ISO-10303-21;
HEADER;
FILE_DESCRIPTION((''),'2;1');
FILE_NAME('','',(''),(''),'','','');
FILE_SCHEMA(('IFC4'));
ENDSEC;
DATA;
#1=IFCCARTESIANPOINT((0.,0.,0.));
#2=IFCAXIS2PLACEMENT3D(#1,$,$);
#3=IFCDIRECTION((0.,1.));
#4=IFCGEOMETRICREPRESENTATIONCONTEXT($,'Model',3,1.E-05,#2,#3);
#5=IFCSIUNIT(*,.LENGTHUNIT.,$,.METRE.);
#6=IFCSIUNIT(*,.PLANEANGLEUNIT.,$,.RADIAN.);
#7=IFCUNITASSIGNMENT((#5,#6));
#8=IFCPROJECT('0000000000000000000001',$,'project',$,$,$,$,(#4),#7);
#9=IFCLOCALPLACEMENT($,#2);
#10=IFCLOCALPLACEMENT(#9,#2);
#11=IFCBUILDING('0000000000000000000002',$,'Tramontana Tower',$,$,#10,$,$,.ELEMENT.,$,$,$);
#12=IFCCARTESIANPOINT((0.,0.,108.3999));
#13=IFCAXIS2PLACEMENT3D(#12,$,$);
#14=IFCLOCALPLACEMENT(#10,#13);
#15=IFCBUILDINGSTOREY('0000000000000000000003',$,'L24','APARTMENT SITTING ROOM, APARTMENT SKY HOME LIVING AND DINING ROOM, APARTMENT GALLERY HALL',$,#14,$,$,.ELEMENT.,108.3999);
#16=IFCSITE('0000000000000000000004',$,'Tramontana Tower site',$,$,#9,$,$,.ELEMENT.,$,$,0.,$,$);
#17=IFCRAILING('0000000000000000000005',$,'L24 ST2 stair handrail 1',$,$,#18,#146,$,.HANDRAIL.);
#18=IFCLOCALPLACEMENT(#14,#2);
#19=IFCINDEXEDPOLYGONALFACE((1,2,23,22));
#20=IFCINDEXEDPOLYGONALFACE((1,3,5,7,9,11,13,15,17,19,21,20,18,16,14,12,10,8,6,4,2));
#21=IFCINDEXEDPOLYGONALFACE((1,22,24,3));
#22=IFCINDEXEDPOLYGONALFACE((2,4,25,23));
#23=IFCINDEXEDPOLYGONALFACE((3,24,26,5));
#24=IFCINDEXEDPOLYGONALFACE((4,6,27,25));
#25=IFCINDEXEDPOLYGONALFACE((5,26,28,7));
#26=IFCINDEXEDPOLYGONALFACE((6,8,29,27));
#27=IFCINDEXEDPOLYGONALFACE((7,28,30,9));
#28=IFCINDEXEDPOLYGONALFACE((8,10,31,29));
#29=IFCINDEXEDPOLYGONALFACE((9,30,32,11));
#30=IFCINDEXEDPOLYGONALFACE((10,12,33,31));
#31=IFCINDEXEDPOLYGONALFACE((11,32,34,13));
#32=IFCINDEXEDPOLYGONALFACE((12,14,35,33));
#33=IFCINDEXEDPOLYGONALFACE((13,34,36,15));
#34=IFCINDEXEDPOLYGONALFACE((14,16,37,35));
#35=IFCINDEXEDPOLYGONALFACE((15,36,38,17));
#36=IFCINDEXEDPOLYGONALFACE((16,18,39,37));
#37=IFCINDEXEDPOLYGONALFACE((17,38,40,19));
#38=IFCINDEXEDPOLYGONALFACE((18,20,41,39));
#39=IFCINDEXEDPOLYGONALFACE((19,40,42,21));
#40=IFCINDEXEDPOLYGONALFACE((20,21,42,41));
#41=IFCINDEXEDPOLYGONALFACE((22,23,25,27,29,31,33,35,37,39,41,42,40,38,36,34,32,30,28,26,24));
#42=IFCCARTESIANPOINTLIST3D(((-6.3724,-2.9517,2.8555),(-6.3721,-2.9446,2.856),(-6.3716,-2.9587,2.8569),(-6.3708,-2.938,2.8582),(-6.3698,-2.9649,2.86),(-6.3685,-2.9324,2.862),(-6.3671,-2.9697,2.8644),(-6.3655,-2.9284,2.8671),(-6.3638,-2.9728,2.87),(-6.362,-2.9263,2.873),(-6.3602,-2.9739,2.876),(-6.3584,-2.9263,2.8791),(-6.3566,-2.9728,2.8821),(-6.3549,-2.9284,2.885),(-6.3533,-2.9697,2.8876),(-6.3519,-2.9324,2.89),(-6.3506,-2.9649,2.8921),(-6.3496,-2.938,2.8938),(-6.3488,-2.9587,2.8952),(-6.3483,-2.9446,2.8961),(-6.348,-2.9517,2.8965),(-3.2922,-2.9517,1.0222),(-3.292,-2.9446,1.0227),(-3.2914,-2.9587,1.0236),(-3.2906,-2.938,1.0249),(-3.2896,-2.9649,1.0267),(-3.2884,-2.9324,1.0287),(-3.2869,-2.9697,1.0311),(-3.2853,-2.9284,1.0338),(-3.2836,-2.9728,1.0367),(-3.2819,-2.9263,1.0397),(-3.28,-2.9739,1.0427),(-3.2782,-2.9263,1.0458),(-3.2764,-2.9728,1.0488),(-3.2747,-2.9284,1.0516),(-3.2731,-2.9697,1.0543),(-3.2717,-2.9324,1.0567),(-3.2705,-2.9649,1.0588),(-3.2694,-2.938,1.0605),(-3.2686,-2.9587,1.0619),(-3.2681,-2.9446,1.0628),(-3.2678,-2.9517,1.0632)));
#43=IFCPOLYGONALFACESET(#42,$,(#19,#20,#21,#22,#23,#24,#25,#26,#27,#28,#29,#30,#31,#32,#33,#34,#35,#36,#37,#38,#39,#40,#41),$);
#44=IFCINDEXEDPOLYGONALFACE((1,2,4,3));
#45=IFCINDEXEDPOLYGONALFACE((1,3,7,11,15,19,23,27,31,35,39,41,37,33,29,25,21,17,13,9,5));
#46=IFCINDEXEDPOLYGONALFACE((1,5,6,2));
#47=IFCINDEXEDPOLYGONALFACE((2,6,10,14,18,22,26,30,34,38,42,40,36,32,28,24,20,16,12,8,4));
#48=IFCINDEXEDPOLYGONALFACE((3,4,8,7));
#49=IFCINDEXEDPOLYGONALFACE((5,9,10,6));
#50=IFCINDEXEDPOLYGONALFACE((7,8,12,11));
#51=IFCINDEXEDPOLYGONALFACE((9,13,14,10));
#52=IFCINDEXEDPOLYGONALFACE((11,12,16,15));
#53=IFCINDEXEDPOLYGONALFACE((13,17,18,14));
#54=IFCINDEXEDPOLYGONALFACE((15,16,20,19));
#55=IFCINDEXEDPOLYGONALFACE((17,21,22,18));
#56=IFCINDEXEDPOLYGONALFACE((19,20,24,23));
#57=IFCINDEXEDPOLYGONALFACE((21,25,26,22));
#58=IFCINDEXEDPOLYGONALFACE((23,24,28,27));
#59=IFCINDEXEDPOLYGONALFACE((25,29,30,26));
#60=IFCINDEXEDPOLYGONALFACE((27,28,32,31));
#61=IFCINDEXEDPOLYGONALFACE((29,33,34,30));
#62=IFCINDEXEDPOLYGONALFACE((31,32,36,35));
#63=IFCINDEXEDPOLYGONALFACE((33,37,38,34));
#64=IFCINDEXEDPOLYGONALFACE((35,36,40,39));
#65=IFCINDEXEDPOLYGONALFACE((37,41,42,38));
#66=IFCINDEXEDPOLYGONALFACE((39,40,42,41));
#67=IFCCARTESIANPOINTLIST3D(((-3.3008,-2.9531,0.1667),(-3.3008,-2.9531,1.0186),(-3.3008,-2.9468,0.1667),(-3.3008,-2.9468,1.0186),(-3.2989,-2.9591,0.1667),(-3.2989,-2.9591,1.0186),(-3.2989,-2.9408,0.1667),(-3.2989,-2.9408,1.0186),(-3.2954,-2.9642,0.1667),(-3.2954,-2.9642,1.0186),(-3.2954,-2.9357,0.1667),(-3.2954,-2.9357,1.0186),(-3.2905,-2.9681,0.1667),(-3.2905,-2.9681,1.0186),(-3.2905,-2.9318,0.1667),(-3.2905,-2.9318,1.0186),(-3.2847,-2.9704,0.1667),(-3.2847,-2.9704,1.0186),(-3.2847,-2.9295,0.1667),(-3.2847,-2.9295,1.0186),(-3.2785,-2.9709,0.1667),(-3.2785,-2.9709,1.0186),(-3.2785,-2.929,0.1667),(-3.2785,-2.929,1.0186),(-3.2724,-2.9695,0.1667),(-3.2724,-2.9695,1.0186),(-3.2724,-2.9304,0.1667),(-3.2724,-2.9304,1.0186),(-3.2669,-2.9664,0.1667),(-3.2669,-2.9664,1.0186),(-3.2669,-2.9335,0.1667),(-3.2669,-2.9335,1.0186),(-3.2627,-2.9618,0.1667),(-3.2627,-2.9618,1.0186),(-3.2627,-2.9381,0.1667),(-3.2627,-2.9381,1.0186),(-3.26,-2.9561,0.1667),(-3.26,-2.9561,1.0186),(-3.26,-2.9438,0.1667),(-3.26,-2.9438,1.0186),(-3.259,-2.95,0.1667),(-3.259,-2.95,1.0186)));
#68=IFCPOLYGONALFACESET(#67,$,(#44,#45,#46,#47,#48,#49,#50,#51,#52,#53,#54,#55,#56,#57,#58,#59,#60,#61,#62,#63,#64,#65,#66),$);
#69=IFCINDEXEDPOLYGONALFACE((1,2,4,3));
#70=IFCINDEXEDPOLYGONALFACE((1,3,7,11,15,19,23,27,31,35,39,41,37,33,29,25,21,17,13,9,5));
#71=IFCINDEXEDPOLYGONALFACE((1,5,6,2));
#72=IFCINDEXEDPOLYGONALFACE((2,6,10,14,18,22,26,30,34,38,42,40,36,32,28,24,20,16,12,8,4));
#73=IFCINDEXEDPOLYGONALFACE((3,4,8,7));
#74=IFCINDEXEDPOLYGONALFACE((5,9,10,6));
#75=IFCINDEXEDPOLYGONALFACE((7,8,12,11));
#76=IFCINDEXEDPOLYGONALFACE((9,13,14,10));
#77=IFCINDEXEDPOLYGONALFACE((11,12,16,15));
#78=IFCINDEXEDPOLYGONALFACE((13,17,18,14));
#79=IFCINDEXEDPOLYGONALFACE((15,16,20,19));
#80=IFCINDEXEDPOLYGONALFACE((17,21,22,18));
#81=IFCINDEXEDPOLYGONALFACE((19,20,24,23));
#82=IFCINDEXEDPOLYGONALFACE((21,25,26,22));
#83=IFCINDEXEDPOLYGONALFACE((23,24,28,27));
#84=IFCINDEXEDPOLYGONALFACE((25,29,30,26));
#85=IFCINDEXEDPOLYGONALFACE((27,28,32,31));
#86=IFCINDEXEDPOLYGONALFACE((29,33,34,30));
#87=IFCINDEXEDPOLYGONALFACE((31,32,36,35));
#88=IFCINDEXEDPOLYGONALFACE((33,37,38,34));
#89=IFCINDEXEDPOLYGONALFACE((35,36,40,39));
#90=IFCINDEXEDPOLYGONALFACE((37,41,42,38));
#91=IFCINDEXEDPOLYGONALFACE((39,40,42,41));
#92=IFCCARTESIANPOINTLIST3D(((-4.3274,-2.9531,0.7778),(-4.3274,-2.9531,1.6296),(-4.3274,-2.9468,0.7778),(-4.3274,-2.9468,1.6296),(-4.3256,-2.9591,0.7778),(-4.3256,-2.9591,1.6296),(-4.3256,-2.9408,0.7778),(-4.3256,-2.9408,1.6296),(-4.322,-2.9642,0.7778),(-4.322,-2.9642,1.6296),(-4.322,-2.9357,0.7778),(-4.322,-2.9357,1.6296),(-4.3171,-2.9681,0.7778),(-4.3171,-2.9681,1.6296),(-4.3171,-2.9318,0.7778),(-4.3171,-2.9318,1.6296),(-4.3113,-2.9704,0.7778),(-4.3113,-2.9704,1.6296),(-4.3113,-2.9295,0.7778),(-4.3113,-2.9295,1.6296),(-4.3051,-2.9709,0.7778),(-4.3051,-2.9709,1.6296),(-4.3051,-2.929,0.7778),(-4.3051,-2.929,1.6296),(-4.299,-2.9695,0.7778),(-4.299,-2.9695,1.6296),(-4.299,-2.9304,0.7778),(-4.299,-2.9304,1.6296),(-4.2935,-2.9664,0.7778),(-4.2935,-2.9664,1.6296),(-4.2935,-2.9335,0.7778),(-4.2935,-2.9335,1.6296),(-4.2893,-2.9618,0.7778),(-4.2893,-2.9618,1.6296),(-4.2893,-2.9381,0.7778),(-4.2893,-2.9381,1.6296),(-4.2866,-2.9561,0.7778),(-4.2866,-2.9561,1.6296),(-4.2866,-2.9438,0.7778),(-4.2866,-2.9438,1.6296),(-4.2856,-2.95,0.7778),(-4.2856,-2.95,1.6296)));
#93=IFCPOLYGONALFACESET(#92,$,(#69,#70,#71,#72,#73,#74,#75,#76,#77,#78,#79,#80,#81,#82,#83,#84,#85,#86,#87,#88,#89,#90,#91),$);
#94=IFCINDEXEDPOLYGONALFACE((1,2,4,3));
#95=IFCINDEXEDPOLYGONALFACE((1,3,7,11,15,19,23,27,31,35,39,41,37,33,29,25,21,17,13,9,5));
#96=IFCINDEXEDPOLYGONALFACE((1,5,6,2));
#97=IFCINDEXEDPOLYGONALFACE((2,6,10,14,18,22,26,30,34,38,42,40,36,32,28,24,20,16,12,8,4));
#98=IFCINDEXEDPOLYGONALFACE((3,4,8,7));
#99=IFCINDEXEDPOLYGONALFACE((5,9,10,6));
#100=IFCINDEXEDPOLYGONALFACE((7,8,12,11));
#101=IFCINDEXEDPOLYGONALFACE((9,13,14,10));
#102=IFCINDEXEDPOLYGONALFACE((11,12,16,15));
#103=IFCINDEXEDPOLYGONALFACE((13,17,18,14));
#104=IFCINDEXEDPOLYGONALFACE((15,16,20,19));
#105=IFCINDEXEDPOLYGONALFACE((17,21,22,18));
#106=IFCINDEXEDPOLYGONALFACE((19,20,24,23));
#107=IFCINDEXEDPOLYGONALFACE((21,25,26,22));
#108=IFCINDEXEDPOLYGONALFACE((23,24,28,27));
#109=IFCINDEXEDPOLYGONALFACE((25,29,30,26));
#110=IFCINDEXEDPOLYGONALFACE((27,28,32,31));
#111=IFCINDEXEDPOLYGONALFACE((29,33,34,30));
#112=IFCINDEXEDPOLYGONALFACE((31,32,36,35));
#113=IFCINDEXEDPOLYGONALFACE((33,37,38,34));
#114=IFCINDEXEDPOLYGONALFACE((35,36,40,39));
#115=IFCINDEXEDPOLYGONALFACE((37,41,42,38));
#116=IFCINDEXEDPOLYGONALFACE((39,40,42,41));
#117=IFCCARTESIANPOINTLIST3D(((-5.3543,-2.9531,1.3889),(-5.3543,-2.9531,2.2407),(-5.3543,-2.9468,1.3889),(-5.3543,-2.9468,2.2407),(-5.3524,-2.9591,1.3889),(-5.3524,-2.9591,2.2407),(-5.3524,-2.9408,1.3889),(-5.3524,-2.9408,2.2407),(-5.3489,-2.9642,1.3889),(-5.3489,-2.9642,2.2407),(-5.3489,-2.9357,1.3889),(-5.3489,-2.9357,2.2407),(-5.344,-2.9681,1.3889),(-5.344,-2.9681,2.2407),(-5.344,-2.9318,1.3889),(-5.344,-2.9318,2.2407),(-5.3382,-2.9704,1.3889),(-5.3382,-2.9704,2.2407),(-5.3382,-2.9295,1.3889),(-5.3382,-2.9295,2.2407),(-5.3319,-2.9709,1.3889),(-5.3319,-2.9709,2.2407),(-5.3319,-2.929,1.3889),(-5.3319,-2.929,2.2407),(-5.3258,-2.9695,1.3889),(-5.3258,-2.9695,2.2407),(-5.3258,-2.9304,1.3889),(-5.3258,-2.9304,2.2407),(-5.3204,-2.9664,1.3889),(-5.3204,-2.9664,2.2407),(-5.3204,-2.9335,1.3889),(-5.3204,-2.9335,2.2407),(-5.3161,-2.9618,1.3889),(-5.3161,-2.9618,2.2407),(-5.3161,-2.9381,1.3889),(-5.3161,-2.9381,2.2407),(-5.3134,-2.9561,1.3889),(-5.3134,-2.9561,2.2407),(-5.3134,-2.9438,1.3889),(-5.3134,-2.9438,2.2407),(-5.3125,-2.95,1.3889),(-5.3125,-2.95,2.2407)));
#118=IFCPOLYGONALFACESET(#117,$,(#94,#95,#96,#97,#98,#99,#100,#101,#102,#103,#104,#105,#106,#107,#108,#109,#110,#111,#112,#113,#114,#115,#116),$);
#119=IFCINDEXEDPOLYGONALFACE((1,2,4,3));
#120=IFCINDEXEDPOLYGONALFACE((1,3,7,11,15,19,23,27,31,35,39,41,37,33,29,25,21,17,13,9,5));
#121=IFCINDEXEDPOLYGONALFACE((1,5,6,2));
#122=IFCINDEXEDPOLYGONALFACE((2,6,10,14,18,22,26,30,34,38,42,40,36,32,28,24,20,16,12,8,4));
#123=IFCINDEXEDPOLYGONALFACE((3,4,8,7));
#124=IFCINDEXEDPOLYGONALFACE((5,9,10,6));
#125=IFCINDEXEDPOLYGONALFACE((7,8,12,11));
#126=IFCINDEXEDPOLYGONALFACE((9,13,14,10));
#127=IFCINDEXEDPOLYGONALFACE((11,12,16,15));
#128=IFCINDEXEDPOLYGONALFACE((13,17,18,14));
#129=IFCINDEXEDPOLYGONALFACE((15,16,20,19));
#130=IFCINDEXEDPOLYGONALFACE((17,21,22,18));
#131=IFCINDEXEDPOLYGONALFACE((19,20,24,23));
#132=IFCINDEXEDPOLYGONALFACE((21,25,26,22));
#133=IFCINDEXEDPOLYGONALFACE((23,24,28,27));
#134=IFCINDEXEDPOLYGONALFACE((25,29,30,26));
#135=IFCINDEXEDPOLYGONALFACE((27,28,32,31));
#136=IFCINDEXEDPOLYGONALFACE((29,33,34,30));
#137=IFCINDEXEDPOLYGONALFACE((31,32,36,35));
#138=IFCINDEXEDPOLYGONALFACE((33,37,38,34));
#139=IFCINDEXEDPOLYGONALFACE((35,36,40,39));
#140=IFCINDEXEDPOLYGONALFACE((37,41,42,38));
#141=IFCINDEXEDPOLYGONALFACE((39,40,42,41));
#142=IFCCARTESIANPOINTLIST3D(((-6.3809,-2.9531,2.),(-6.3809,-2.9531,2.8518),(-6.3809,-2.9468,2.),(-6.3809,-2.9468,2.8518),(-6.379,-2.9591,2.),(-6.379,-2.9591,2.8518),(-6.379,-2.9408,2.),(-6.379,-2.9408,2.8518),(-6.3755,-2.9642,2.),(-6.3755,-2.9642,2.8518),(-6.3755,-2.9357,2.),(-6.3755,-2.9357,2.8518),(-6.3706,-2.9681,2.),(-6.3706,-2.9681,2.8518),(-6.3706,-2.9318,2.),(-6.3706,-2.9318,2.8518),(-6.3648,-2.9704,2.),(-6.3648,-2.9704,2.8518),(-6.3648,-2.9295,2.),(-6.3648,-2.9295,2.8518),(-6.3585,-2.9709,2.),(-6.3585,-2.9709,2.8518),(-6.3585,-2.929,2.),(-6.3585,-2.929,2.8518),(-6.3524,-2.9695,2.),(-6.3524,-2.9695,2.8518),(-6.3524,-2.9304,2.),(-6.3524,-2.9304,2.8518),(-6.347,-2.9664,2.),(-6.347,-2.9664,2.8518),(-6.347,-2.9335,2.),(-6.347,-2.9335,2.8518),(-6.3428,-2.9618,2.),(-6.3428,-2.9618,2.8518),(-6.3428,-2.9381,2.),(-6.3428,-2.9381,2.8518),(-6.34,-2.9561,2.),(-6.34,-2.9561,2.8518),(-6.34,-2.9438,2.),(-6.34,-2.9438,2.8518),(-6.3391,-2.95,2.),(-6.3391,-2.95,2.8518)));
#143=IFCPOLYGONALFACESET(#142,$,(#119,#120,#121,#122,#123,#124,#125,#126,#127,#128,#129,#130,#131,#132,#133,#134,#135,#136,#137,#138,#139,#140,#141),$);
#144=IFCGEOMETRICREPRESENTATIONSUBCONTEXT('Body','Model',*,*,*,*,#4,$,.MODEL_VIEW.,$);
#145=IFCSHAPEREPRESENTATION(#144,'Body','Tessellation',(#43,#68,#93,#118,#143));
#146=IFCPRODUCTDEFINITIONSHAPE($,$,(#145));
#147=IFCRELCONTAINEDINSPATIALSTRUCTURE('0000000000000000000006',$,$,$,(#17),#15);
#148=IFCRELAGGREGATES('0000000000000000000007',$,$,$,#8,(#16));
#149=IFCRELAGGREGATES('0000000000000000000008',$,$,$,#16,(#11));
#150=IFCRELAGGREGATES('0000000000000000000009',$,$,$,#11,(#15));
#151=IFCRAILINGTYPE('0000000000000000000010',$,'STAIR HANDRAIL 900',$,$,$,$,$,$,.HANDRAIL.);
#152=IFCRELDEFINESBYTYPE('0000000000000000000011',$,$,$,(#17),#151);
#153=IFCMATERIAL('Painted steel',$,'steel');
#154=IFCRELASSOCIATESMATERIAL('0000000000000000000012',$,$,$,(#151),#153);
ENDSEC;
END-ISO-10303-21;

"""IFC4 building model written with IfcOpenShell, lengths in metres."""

from ifc_helpers import new_model, si_unit, direction, frame, origin, origin_2d, place, context, subcontext, project, spatial, circle, extrude, material, type_object, element, save


model = new_model("IFC4")

# Units and contexts
model_context = context("Model", 3, precision=1e-05, world=origin(), true_north=direction((0.0, 1.0)))
body_context = subcontext(model_context, "Body", "Model", "MODEL_VIEW")
ifc_project = project(units=[si_unit("LENGTHUNIT", "METRE"), si_unit("PLANEANGLEUNIT", "RADIAN")], contexts=[model_context])

# Site, building, storey
site_placement = place(None, origin())
site = spatial("IfcSite", under=ifc_project, at=site_placement, Name="Tramontana Tower site", CompositionType="ELEMENT", RefElevation=0.0)
building_placement = place(site_placement, origin())
building = spatial("IfcBuilding", under=site, at=building_placement, Name="Tramontana Tower", CompositionType="ELEMENT")
storey_placement = place(building_placement, frame((0.0, 0.0, 108.3999)))
storey = spatial("IfcBuildingStorey", under=building, at=storey_placement, Name="L24", Description="APARTMENT SITTING ROOM, APARTMENT SKY HOME LIVING AND DINING ROOM, APARTMENT GALLERY HALL", CompositionType="ELEMENT", Elevation=108.3999)

# Railing
ifc_material_1 = material(Name="Painted steel", Category="steel")
railing_type_1 = type_object("IfcRailingType", Name="STAIR HANDRAIL 900", PredefinedType="HANDRAIL", material=ifc_material_1)
railing_1_placement = place(storey_placement, frame((-3.28, -2.95, 0.1667)))
element("IfcRailing", 1, at=railing_1_placement, inside=storey, type_object=railing_type_1, Name="L24 ST2 stair handrail 1", PredefinedType="HANDRAIL", context=body_context, shape_type="SweptSolid", body=[
    extrude(circle(Radius=0.0239, at=origin_2d()), frame((0.0, 0.0, 0.876), z_axis=(-0.859309, 0.0, 0.511458), x_axis=(0.0, -1.0, 0.0)), (0.0, 0.0, 1.0), 3.5845),
    extrude(circle(Radius=0.021, at=origin_2d()), origin(), (0.0, 0.0, 1.0), 0.8518),
    extrude(circle(Radius=0.021, at=origin_2d()), frame((-1.0266, 0.0, 0.6111)), (0.0, 0.0, 1.0), 0.8518),
    extrude(circle(Radius=0.021, at=origin_2d()), frame((-2.0535, 0.0, 1.2222)), (0.0, 0.0, 1.0), 0.8518),
    extrude(circle(Radius=0.021, at=origin_2d()), frame((-3.0801, 0.0, 1.8333)), (0.0, 0.0, 1.0), 0.8518),
])

save(model, "model.ifc")
